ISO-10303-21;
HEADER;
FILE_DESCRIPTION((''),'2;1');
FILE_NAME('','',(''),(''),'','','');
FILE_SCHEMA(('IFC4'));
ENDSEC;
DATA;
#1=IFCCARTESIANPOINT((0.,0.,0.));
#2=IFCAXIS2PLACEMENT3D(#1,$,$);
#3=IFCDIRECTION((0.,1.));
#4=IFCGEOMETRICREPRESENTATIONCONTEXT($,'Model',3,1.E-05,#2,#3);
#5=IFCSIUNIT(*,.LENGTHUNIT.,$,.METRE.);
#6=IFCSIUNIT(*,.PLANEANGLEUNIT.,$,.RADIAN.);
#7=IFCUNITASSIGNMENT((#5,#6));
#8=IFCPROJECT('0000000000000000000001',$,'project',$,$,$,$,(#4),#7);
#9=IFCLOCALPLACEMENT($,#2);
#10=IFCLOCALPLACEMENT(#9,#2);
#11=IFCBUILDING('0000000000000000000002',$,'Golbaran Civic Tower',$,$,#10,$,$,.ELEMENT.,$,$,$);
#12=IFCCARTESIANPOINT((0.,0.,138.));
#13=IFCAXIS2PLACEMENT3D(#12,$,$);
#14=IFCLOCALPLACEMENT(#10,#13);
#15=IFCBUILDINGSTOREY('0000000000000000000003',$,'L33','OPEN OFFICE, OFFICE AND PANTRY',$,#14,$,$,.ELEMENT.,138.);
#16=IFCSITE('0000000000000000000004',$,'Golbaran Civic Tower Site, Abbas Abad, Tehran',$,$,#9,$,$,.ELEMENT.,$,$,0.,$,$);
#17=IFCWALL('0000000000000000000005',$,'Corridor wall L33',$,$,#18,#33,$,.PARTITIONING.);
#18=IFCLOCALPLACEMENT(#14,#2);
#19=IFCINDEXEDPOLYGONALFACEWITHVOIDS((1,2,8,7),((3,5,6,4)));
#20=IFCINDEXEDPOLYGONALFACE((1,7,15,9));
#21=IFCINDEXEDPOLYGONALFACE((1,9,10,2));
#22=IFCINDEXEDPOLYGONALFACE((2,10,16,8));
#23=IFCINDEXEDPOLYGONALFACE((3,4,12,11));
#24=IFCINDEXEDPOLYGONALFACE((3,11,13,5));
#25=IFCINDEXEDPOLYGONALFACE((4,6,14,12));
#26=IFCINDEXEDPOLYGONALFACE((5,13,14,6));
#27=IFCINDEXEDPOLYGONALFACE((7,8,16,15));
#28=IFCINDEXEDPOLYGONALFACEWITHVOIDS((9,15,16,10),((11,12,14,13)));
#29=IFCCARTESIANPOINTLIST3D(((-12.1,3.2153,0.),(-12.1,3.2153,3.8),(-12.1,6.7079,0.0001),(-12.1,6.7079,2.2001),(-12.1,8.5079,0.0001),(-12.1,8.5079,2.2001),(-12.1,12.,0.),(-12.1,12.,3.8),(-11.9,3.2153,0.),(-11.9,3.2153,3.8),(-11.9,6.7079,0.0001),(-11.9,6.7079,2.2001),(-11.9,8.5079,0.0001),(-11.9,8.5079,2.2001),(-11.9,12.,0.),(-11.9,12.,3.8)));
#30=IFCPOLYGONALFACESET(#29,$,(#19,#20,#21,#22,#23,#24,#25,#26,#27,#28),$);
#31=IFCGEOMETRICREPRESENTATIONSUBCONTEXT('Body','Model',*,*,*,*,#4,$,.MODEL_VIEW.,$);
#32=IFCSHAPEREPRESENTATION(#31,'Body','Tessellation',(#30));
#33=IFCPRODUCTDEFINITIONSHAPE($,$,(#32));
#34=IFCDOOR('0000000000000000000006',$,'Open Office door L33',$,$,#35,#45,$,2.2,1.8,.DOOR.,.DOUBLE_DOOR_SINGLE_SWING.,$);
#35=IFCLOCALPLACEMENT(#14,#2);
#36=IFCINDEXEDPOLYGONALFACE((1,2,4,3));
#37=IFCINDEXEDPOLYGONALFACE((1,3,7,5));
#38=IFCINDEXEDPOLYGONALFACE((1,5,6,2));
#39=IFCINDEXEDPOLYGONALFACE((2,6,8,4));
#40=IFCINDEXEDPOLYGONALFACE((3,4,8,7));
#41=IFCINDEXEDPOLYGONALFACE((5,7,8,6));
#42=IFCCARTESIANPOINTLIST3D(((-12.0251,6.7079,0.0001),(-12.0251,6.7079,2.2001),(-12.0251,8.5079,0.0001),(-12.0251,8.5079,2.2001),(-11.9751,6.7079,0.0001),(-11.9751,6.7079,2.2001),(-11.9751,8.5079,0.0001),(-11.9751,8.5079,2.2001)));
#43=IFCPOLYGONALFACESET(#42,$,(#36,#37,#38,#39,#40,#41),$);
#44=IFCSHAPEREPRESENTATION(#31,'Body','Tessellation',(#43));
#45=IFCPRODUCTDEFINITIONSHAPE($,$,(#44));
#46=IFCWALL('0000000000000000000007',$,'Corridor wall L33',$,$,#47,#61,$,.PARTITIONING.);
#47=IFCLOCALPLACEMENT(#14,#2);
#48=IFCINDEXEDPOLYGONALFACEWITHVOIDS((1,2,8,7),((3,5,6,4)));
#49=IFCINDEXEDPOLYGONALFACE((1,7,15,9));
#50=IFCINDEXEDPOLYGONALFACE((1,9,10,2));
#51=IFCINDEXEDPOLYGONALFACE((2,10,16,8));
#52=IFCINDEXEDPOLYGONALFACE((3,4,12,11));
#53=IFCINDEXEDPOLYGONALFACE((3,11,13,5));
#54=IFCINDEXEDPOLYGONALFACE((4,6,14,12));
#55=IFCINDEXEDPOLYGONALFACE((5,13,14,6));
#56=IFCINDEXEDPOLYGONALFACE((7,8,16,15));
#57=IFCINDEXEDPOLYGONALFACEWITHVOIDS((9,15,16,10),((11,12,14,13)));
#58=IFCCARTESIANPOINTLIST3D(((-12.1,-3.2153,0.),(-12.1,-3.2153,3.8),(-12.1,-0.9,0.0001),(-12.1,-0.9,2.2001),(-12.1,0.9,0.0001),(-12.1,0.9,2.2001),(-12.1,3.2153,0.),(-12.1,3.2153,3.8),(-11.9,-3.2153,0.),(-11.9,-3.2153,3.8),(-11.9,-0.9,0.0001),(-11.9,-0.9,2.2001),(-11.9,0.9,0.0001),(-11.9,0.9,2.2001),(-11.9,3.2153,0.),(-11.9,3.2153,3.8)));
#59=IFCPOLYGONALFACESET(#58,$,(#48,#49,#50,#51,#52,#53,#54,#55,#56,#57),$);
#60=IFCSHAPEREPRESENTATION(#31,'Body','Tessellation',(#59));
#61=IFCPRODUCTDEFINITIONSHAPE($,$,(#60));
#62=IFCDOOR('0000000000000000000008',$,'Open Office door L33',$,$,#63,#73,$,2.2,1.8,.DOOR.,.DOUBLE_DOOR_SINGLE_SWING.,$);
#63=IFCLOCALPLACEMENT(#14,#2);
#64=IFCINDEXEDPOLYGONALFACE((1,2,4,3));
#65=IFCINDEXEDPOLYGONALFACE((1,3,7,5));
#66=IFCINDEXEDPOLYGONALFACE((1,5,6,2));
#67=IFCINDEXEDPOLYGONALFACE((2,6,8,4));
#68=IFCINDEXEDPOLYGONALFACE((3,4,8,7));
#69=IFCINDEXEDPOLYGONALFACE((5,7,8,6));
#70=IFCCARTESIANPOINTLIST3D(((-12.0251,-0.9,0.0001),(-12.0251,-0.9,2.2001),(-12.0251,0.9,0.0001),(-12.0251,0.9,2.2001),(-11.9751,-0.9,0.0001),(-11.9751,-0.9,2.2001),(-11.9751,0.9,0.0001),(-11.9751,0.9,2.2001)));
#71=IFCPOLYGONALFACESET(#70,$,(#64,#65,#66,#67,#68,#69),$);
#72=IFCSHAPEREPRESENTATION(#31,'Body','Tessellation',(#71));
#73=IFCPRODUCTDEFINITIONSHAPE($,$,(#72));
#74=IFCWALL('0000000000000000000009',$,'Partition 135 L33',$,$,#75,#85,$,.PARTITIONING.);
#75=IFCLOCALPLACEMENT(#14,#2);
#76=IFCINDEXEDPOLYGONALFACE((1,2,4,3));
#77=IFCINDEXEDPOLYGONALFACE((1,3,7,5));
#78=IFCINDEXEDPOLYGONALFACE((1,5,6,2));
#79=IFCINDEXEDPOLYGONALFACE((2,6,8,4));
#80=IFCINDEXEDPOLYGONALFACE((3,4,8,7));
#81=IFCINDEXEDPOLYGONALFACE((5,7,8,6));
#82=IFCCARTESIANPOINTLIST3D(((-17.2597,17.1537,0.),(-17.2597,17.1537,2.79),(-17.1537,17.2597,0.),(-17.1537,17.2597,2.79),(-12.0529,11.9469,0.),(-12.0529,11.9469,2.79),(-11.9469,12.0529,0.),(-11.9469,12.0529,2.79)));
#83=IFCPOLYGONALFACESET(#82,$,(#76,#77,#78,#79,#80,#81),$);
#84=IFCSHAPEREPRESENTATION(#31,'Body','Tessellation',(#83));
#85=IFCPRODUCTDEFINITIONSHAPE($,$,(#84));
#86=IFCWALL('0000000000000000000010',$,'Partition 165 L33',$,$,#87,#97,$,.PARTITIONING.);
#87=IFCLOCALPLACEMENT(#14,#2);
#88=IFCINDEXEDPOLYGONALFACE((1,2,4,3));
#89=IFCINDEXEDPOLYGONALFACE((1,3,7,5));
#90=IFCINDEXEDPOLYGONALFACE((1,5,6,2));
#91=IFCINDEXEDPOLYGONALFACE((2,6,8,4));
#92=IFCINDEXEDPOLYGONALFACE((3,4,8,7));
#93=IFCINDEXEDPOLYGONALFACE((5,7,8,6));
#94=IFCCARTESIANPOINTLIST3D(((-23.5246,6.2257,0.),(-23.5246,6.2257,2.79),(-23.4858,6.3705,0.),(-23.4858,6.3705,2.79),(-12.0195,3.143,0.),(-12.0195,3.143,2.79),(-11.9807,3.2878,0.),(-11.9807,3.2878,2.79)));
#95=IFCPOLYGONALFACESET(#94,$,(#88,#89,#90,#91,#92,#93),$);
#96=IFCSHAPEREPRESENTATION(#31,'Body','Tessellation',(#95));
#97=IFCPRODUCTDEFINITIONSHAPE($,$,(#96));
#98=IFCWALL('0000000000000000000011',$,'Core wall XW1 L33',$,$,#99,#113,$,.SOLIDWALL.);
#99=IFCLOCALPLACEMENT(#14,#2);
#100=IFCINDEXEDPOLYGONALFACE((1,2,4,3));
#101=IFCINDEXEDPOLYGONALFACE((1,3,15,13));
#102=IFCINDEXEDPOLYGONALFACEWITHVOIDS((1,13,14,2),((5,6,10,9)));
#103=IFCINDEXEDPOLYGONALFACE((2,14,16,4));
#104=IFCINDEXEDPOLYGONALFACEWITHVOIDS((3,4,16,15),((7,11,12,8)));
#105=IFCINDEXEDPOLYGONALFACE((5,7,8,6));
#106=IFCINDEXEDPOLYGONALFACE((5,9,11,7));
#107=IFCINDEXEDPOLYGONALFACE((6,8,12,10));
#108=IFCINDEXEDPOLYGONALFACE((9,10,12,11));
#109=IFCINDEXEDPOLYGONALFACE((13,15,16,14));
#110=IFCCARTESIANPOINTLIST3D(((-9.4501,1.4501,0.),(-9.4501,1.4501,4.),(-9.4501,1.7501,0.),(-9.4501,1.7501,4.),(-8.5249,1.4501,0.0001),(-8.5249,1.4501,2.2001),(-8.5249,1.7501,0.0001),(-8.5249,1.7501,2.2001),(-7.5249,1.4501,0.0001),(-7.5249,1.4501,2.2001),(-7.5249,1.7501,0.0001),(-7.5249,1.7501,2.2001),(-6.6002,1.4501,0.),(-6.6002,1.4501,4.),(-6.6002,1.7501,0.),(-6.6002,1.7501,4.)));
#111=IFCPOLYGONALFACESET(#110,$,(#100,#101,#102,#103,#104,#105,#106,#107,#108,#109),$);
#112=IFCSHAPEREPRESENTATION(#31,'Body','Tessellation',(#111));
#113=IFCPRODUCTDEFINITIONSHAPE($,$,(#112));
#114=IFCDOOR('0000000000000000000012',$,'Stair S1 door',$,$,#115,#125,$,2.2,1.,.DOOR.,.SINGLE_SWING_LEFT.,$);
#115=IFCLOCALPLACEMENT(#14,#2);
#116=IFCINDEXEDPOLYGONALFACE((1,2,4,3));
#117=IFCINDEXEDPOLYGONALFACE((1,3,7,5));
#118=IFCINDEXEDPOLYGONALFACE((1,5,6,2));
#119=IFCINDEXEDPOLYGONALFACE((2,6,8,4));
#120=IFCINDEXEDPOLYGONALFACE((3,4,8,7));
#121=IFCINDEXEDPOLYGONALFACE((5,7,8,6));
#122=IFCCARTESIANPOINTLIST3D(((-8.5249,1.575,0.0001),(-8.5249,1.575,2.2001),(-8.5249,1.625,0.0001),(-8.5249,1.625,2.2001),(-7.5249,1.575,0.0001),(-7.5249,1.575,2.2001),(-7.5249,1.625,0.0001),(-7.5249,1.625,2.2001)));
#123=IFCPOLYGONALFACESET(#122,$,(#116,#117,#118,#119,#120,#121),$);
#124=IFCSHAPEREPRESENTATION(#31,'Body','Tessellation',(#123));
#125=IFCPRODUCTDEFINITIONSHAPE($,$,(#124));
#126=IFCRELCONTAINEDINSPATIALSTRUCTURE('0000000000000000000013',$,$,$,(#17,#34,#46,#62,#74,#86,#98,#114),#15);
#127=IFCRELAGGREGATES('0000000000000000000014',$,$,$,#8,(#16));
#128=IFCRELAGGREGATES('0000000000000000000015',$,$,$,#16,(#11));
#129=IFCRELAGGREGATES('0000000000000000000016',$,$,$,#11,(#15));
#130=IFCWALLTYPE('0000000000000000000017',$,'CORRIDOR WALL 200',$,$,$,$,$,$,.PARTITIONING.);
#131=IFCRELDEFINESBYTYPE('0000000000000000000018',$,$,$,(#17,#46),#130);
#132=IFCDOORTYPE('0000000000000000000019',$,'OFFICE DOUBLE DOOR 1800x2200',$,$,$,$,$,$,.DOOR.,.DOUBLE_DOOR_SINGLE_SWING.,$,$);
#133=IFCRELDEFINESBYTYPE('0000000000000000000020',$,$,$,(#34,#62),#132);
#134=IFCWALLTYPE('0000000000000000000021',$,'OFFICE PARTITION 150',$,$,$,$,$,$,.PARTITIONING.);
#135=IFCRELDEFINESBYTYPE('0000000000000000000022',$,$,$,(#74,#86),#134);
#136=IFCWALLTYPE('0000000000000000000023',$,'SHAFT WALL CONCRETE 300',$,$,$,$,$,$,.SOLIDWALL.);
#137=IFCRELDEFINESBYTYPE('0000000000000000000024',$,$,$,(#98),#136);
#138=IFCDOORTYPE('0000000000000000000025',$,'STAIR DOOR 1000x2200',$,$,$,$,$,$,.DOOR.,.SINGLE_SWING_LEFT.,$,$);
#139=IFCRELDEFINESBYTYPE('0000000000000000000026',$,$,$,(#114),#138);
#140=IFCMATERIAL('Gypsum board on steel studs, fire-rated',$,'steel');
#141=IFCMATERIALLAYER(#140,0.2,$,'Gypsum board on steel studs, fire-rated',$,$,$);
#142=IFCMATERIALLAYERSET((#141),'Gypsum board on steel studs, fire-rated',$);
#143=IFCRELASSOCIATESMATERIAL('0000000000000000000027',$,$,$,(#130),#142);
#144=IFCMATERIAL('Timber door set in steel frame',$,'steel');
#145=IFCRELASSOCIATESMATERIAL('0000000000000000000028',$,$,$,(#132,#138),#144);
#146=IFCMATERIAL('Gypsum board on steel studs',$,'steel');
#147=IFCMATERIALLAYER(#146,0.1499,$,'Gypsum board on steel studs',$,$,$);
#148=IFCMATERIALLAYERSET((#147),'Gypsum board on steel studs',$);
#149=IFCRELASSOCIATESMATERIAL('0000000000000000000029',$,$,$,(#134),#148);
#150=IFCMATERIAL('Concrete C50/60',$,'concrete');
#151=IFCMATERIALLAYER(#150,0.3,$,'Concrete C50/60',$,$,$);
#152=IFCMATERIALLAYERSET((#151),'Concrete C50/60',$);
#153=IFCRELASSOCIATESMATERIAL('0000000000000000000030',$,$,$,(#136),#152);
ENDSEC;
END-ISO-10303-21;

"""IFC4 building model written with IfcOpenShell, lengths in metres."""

from ifc_helpers import new_model, si_unit, direction, frame, frame_2d, origin, place, context, subcontext, project, spatial, rectangle, extrude, material, layer, layer_set, type_object, element, fill, save


model = new_model("IFC4")

# Units and contexts
model_context = context("Model", 3, precision=1e-05, world=origin(), true_north=direction((0.0, 1.0)))
body_context = subcontext(model_context, "Body", "Model", "MODEL_VIEW")
ifc_project = project(units=[si_unit("LENGTHUNIT", "METRE"), si_unit("PLANEANGLEUNIT", "RADIAN")], contexts=[model_context])

# Site, building, storey
site_placement = place(None, origin())
site = spatial("IfcSite", under=ifc_project, at=site_placement, Name="Golbaran Civic Tower Site, Abbas Abad, Tehran", CompositionType="ELEMENT", RefElevation=0.0)
building_placement = place(site_placement, origin())
building = spatial("IfcBuilding", under=site, at=building_placement, Name="Golbaran Civic Tower", CompositionType="ELEMENT")
storey_placement = place(building_placement, frame((0.0, 0.0, 138.0)))
storey = spatial("IfcBuildingStorey", under=building, at=storey_placement, Name="L33", Description="OPEN OFFICE, OFFICE AND PANTRY", CompositionType="ELEMENT", Elevation=138.0)

# Shared definitions
ifc_material_1 = material(Name="Concrete C50/60", Category="concrete")
ifc_material_2 = material(Name="Timber door set in steel frame", Category="steel")

# Walls, openings, doors
ifc_material_3 = material(Name="Gypsum board on steel studs, fire-rated", Category="steel")
ifc_layer_1 = layer(ifc_material_3, 0.2, Name="Gypsum board on steel studs, fire-rated")
ifc_layer_set_1 = layer_set([ifc_layer_1], Name="Gypsum board on steel studs, fire-rated")
wall_type_1 = type_object("IfcWallType", Name="CORRIDOR WALL 200", PredefinedType="PARTITIONING", material=ifc_layer_set_1)
wall_1_placement = place(storey_placement, frame((-12.0, 12.0, 0.0), z_axis=(0.0, 0.0, 1.0), x_axis=(0.0, -1.0, 0.0)))
wall_1 = element("IfcWall", 1, at=wall_1_placement, inside=storey, type_object=wall_type_1, Name="Corridor wall L33", PredefinedType="PARTITIONING", context=body_context, shape_type="SweptSolid", body=[
    extrude(rectangle(XDim=8.7847, YDim=0.2, at=frame_2d((4.3923, 0.0))), origin(), (0.0, 0.0, 1.0), 3.8),
])
opening_1_placement = place(wall_1_placement, frame((3.4922, 0.0, 0.0)))
opening_1 = element("IfcOpeningElement", 2, at=opening_1_placement, cuts=wall_1, PredefinedType="OPENING", context=body_context, shape_type="SweptSolid", body=[
    extrude(rectangle(XDim=1.8, YDim=2.2, at=frame_2d((0.8999, 1.1001))), frame((0.0, 0.1099, 0.0), z_axis=(0.0, -1.0, 0.0), x_axis=(1.0, 0.0, 0.0)), (0.0, 0.0, 1.0), 0.22),
])
door_type_1 = type_object("IfcDoorType", Name="OFFICE DOUBLE DOOR 1800x2200", OperationType="DOUBLE_DOOR_SINGLE_SWING", PredefinedType="DOOR", material=ifc_material_2)
door_1_placement = place(opening_1_placement, origin())
door_1 = element("IfcDoor", 3, at=door_1_placement, inside=storey, type_object=door_type_1, Name="Open Office door L33", OperationType="DOUBLE_DOOR_SINGLE_SWING", OverallHeight=2.2, OverallWidth=1.8, PredefinedType="DOOR", context=body_context, shape_type="SweptSolid", body=[
    extrude(rectangle(XDim=1.8, YDim=2.2, at=frame_2d((0.8999, 1.1001))), frame((0.0, 0.0249, 0.0), z_axis=(0.0, -1.0, 0.0), x_axis=(1.0, 0.0, 0.0)), (0.0, 0.0, 1.0), 0.05),
])
fill(opening_1, door_1)
wall_2_placement = place(storey_placement, frame((-12.0, 3.2153, 0.0), z_axis=(0.0, 0.0, 1.0), x_axis=(0.0, -1.0, 0.0)))
wall_2 = element("IfcWall", 4, at=wall_2_placement, inside=storey, type_object=wall_type_1, Name="Corridor wall L33", PredefinedType="PARTITIONING", context=body_context, shape_type="SweptSolid", body=[
    extrude(rectangle(XDim=6.4307, YDim=0.2, at=frame_2d((3.2153, 0.0))), origin(), (0.0, 0.0, 1.0), 3.8),
])
opening_2_placement = place(wall_2_placement, frame((2.3154, 0.0, 0.0)))
opening_2 = element("IfcOpeningElement", 5, at=opening_2_placement, cuts=wall_2, PredefinedType="OPENING", context=body_context, shape_type="SweptSolid", body=[
    extrude(rectangle(XDim=1.8, YDim=2.2, at=frame_2d((0.8999, 1.1001))), frame((0.0, 0.1099, 0.0), z_axis=(0.0, -1.0, 0.0), x_axis=(1.0, 0.0, 0.0)), (0.0, 0.0, 1.0), 0.22),
])
door_2_placement = place(opening_2_placement, origin())
door_2 = element("IfcDoor", 6, at=door_2_placement, inside=storey, type_object=door_type_1, Name="Open Office door L33", OperationType="DOUBLE_DOOR_SINGLE_SWING", OverallHeight=2.2, OverallWidth=1.8, PredefinedType="DOOR", context=body_context, shape_type="SweptSolid", body=[
    extrude(rectangle(XDim=1.8, YDim=2.2, at=frame_2d((0.8999, 1.1001))), frame((0.0, 0.0249, 0.0), z_axis=(0.0, -1.0, 0.0), x_axis=(1.0, 0.0, 0.0)), (0.0, 0.0, 1.0), 0.05),
])
fill(opening_2, door_2)

# Walls
ifc_material_4 = material(Name="Gypsum board on steel studs", Category="steel")
ifc_layer_2 = layer(ifc_material_4, 0.1499, Name="Gypsum board on steel studs")
ifc_layer_set_2 = layer_set([ifc_layer_2], Name="Gypsum board on steel studs")
wall_type_2 = type_object("IfcWallType", Name="OFFICE PARTITION 150", PredefinedType="PARTITIONING", material=ifc_layer_set_2)
wall_3_placement = place(storey_placement, frame((-12.0, 12.0, 0.0), z_axis=(0.0, 0.0, 1.0), x_axis=(-0.707107, 0.707107, 0.0)))
element("IfcWall", 7, at=wall_3_placement, inside=storey, type_object=wall_type_2, Name="Partition 135 L33", PredefinedType="PARTITIONING", context=body_context, shape_type="SweptSolid", body=[
    extrude(rectangle(XDim=7.3635, YDim=0.1499, at=frame_2d((3.6816, 0.0))), origin(), (0.0, 0.0, 1.0), 2.79),
])
wall_4_placement = place(storey_placement, frame((-12.0, 3.2153, 0.0), z_axis=(0.0, 0.0, 1.0), x_axis=(-0.965926, 0.258817, 0.0)))
element("IfcWall", 8, at=wall_4_placement, inside=storey, type_object=wall_type_2, Name="Partition 165 L33", PredefinedType="PARTITIONING", context=body_context, shape_type="SweptSolid", body=[
    extrude(rectangle(XDim=11.9109, YDim=0.1499, at=frame_2d((5.9556, 0.0))), origin(), (0.0, 0.0, 1.0), 2.79),
])

# Wall, opening, door
ifc_layer_3 = layer(ifc_material_1, 0.3, Name="Concrete C50/60")
ifc_layer_set_3 = layer_set([ifc_layer_3], Name="Concrete C50/60")
wall_type_3 = type_object("IfcWallType", Name="SHAFT WALL CONCRETE 300", PredefinedType="SOLIDWALL", material=ifc_layer_set_3)
wall_5_placement = place(storey_placement, frame((-9.45, 1.6001, 0.0), z_axis=(0.0, 0.0, 1.0), x_axis=(1.0, 0.0, 0.0)))
wall_5 = element("IfcWall", 9, at=wall_5_placement, inside=storey, type_object=wall_type_3, Name="Core wall XW1 L33", PredefinedType="SOLIDWALL", context=body_context, shape_type="SweptSolid", body=[
    extrude(rectangle(XDim=2.8499, YDim=0.3, at=frame_2d((1.4248, 0.0))), origin(), (0.0, 0.0, 1.0), 4.0),
])
opening_3_placement = place(wall_5_placement, frame((0.925, 0.0, 0.0)))
opening_3 = element("IfcOpeningElement", 10, at=opening_3_placement, cuts=wall_5, PredefinedType="OPENING", context=body_context, shape_type="SweptSolid", body=[
    extrude(rectangle(XDim=1.0, YDim=2.2, at=frame_2d((0.5, 1.1001))), frame((0.0, 0.1599, 0.0), z_axis=(0.0, -1.0, 0.0), x_axis=(1.0, 0.0, 0.0)), (0.0, 0.0, 1.0), 0.3201),
])
door_type_2 = type_object("IfcDoorType", Name="STAIR DOOR 1000x2200", OperationType="SINGLE_SWING_LEFT", PredefinedType="DOOR", material=ifc_material_2)
door_3_placement = place(opening_3_placement, origin())
door_3 = element("IfcDoor", 11, at=door_3_placement, inside=storey, type_object=door_type_2, Name="Stair S1 door", OperationType="SINGLE_SWING_LEFT", OverallHeight=2.2, OverallWidth=1.0, PredefinedType="DOOR", context=body_context, shape_type="SweptSolid", body=[
    extrude(rectangle(XDim=1.0, YDim=2.2, at=frame_2d((0.5, 1.1001))), frame((0.0, 0.0249, 0.0), z_axis=(0.0, -1.0, 0.0), x_axis=(1.0, 0.0, 0.0)), (0.0, 0.0, 1.0), 0.05),
])
fill(opening_3, door_3)

save(model, "model.ifc")
